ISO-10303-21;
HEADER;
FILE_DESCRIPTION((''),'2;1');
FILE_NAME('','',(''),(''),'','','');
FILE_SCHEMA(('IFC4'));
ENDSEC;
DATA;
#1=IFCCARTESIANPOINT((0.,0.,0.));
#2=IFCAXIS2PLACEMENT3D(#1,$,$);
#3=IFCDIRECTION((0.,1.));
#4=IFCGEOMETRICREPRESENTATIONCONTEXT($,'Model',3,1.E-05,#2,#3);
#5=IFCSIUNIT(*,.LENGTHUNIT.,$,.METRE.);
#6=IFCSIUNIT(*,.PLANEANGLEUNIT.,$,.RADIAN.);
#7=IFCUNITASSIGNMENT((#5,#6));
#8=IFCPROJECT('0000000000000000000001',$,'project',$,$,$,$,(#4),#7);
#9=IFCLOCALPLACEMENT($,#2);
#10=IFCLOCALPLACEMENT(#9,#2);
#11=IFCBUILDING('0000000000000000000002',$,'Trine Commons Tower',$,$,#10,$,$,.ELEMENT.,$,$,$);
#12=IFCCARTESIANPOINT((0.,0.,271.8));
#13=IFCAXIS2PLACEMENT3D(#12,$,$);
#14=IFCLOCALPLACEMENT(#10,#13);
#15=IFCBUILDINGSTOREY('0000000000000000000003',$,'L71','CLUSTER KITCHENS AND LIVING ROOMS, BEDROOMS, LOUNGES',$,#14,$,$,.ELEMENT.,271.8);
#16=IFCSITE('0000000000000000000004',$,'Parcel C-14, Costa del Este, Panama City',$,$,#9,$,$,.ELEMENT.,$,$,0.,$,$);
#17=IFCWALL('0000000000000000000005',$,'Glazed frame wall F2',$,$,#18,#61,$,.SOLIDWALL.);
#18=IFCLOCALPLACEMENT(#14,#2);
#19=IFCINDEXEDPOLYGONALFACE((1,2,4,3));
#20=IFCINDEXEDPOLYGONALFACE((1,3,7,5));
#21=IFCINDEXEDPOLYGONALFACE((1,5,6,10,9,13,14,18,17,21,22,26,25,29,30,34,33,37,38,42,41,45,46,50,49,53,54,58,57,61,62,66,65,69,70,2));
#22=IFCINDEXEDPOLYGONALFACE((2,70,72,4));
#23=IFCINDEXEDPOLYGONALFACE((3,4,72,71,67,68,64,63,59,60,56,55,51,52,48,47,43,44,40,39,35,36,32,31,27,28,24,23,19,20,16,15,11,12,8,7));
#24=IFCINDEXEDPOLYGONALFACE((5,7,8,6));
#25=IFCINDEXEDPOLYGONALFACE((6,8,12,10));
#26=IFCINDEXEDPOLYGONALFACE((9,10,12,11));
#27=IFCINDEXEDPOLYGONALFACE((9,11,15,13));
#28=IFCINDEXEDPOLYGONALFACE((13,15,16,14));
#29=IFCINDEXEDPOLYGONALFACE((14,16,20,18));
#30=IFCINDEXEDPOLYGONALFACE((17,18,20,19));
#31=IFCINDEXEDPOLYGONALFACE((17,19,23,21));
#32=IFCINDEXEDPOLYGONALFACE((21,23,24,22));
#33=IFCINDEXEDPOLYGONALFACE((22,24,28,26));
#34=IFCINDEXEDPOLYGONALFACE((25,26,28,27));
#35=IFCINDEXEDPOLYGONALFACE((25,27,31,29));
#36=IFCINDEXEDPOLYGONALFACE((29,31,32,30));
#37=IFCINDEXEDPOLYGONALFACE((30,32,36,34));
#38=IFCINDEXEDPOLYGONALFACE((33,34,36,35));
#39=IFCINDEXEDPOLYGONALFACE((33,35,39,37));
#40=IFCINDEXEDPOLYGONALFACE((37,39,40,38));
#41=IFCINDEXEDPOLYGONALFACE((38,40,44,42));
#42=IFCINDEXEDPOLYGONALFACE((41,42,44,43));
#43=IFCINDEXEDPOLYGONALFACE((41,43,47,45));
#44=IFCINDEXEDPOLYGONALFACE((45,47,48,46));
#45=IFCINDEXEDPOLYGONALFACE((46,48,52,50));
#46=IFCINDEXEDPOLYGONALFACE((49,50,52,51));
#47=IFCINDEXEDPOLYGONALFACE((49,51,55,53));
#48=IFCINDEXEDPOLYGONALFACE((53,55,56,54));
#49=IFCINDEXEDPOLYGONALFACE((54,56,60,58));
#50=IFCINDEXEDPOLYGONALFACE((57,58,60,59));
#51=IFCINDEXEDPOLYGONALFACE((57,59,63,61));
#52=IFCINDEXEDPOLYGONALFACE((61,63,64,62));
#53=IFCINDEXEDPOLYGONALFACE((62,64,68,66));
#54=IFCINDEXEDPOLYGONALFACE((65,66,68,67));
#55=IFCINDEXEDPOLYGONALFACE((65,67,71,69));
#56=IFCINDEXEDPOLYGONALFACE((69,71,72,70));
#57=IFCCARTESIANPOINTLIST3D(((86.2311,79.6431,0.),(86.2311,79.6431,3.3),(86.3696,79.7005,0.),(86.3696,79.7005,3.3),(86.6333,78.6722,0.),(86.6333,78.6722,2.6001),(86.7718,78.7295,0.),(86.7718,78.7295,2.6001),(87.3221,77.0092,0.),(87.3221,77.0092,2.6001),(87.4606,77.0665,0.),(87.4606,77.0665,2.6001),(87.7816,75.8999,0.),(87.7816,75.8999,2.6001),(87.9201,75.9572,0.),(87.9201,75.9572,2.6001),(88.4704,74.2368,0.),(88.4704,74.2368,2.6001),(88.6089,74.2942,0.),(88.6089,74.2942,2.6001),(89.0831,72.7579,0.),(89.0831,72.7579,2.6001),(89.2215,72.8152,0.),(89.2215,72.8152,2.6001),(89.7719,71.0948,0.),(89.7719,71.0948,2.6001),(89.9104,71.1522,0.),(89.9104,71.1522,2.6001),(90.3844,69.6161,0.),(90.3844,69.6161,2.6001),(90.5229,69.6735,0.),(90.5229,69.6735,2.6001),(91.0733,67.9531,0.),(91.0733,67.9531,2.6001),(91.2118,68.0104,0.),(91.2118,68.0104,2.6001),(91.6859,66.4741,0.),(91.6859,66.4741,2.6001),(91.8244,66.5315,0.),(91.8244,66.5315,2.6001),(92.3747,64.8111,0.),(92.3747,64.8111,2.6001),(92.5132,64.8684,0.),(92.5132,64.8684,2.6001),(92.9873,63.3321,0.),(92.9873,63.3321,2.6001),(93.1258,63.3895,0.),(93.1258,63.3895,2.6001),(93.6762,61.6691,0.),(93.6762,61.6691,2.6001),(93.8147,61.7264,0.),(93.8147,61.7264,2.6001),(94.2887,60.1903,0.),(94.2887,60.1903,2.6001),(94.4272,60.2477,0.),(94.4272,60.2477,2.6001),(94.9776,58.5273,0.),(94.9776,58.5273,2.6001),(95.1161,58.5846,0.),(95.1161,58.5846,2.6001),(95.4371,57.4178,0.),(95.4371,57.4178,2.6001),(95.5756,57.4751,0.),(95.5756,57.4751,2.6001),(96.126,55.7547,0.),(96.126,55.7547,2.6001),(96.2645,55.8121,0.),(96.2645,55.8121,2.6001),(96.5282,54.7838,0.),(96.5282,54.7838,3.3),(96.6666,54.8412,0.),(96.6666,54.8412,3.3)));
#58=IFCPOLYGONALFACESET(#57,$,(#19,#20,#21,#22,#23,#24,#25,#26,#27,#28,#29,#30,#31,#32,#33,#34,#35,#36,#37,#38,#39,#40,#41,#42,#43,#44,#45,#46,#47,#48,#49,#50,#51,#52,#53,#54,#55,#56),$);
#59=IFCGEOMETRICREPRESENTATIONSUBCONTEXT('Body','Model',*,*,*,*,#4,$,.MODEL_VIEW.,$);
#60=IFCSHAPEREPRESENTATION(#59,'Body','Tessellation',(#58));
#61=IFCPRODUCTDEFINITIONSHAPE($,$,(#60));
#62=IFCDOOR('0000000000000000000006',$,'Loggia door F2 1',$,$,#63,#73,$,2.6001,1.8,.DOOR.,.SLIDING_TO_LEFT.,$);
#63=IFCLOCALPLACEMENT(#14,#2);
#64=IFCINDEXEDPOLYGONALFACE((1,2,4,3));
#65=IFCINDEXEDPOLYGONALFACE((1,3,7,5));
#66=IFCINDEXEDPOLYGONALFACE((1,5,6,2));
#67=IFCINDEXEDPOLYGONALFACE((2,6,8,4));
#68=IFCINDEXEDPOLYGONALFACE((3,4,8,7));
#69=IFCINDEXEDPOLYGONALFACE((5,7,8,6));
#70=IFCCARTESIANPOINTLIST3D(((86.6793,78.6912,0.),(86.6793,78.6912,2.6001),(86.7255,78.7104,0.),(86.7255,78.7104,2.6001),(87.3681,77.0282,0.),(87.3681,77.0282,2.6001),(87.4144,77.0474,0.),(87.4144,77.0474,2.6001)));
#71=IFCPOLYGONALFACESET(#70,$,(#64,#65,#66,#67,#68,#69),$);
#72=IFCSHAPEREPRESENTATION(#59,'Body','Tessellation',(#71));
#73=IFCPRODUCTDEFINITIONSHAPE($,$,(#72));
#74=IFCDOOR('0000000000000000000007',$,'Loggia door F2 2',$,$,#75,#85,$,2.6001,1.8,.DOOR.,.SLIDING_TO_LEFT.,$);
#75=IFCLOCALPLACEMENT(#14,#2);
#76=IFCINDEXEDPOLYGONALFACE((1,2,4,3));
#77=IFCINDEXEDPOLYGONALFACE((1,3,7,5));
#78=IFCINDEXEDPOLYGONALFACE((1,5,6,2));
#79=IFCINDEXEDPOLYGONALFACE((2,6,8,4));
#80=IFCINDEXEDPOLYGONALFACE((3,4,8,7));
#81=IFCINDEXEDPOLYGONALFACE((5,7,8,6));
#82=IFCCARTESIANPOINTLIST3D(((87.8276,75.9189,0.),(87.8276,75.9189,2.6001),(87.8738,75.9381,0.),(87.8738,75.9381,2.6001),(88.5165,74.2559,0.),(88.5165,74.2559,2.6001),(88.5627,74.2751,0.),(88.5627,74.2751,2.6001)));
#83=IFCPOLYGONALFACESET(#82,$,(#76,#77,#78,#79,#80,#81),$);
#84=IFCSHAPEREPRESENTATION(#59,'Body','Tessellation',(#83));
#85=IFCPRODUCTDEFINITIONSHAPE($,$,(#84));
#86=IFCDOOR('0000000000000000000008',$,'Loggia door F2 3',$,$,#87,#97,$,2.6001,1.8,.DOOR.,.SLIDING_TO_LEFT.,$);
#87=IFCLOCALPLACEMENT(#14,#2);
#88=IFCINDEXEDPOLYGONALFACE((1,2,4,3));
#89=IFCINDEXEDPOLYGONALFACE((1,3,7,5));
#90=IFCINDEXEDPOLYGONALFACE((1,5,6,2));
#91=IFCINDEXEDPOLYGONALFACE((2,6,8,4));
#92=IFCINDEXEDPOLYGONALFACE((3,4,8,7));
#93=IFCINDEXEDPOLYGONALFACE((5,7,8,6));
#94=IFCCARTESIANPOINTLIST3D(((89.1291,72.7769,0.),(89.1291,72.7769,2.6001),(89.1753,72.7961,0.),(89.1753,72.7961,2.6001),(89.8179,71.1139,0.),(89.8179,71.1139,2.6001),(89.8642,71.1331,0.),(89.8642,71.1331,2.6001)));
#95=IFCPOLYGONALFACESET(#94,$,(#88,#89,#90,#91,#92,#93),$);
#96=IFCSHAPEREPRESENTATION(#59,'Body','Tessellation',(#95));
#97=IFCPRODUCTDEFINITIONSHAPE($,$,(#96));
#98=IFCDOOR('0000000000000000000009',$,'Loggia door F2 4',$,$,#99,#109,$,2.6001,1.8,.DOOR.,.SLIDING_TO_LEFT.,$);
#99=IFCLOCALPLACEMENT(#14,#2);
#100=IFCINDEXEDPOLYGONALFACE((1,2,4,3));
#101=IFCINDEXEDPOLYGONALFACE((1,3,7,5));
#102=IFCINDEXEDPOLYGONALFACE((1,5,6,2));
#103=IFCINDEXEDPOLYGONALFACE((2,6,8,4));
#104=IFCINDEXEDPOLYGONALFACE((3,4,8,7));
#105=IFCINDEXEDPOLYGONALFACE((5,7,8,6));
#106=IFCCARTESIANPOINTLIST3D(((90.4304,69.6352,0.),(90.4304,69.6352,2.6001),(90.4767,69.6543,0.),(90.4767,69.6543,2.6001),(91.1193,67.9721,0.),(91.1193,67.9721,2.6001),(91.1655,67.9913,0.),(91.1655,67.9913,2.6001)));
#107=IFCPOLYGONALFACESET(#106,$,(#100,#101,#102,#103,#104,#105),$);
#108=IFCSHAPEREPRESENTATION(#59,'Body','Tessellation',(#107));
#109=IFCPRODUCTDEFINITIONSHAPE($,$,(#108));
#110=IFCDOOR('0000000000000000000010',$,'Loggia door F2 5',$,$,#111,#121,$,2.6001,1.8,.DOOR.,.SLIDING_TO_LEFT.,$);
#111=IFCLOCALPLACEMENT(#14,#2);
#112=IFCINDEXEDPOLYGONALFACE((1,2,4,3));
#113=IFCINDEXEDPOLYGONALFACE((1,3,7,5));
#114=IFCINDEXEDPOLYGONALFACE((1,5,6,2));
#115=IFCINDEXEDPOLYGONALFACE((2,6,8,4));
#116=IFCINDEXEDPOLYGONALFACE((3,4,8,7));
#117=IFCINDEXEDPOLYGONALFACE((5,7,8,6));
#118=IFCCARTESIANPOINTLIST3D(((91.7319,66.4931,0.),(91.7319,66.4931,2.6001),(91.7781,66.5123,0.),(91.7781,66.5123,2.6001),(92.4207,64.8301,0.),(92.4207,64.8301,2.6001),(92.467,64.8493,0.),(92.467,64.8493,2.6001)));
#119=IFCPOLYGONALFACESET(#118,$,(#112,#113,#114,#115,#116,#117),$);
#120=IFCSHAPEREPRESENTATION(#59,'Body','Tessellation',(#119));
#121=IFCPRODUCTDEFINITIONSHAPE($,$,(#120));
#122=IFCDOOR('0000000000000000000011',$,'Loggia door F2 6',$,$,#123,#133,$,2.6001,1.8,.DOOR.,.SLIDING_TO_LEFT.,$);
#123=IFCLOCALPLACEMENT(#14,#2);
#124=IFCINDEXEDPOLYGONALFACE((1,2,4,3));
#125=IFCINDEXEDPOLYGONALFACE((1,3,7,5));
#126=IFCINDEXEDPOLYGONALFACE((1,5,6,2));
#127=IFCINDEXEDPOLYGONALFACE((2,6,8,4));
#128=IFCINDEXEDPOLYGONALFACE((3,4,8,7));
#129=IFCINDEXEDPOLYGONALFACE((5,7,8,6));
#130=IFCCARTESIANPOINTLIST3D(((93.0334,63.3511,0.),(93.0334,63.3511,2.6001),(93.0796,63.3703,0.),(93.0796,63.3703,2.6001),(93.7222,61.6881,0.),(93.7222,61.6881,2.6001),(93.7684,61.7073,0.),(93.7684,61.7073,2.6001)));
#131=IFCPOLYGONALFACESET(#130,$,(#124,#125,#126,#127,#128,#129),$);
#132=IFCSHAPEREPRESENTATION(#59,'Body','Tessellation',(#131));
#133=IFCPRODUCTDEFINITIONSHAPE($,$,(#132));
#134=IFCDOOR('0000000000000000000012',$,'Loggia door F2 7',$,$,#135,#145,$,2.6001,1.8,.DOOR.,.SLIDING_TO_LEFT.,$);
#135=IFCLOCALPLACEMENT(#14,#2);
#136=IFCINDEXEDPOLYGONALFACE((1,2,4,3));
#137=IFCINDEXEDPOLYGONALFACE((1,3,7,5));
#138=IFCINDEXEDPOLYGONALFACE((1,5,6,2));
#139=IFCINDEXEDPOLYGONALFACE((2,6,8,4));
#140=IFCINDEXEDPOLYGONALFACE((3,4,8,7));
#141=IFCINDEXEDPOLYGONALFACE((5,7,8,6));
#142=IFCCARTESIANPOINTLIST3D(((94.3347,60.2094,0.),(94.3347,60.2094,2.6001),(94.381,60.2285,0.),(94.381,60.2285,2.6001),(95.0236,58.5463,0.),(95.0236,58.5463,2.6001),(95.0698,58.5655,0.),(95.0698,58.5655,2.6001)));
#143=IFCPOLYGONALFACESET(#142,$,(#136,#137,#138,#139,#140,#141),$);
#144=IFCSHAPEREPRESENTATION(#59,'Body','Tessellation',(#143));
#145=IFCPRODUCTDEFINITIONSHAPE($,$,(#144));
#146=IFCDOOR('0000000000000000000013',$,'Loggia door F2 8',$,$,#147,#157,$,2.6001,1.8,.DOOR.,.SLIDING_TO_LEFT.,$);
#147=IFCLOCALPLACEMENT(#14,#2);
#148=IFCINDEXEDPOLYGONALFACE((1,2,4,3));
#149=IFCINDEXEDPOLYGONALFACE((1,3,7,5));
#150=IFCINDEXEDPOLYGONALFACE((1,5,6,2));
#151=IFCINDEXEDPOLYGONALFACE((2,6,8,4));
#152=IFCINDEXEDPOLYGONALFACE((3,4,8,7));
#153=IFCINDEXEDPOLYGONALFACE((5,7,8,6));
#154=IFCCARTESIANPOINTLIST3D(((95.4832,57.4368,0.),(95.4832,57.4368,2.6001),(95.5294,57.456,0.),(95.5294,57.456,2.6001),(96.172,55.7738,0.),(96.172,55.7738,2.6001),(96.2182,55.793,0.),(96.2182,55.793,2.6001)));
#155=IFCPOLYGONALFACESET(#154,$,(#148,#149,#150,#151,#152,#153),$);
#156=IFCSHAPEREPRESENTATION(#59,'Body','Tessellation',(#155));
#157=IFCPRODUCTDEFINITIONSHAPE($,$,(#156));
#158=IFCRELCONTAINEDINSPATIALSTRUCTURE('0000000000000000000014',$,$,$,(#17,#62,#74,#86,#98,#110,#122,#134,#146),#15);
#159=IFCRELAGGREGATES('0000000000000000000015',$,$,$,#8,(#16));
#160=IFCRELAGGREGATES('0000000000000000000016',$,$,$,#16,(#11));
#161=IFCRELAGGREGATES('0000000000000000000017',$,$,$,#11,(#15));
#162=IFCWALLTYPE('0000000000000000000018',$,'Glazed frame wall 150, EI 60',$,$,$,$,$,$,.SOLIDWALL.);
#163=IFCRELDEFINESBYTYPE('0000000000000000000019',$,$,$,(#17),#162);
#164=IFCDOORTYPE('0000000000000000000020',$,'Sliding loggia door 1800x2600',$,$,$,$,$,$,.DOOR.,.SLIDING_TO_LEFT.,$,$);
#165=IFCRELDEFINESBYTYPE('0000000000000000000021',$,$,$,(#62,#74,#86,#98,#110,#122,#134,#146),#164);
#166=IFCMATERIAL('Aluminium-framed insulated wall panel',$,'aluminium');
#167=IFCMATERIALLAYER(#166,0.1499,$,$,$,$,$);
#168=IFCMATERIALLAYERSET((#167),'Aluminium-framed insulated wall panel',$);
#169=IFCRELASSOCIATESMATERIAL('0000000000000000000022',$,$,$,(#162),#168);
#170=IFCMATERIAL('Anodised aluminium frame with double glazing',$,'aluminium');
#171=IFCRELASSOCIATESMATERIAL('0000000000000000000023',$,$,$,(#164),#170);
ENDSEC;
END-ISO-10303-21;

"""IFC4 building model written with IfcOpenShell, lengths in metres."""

from ifc_helpers import new_model, si_unit, direction, frame, frame_2d, origin, place, context, subcontext, project, spatial, polyline, rectangle, outline, extrude, material, layer, layer_set, type_object, element, fill, save


model = new_model("IFC4")

# Units and contexts
model_context = context("Model", 3, precision=1e-05, world=origin(), true_north=direction((0.0, 1.0)))
body_context = subcontext(model_context, "Body", "Model", "MODEL_VIEW")
ifc_project = project(units=[si_unit("LENGTHUNIT", "METRE"), si_unit("PLANEANGLEUNIT", "RADIAN")], contexts=[model_context])

# Site, building, storey
site_placement = place(None, origin())
site = spatial("IfcSite", under=ifc_project, at=site_placement, Name="Parcel C-14, Costa del Este, Panama City", CompositionType="ELEMENT", RefElevation=0.0)
building_placement = place(site_placement, origin())
building = spatial("IfcBuilding", under=site, at=building_placement, Name="Trine Commons Tower", CompositionType="ELEMENT")
storey_placement = place(building_placement, frame((0.0, 0.0, 271.8)))
storey = spatial("IfcBuildingStorey", under=building, at=storey_placement, Name="L71", Description="CLUSTER KITCHENS AND LIVING ROOMS, BEDROOMS, LOUNGES", CompositionType="ELEMENT", Elevation=271.8)

# Shared definitions
ifc_material_1 = material(Name="Aluminium-framed insulated wall panel", Category="aluminium")
ifc_layer_1 = layer(ifc_material_1, 0.1499)
ifc_layer_set_1 = layer_set([ifc_layer_1], Name="Aluminium-framed insulated wall panel")
wall_type_1 = type_object("IfcWallType", Name="Glazed frame wall 150, EI 60", PredefinedType="SOLIDWALL", material=ifc_layer_set_1)

# Shared definitions
ifc_material_2 = material(Name="Anodised aluminium frame with double glazing", Category="aluminium")
door_type = type_object("IfcDoorType", Name="Sliding loggia door 1800x2600", OperationType="SLIDING_TO_LEFT", PredefinedType="DOOR", material=ifc_material_2)

# Wall, openings, doors
wall_1_placement = place(storey_placement, frame((86.2432, 79.8098, 0.0), z_axis=(0.0, 0.0, 1.0), x_axis=(0.382684, -0.923879, 0.0)))
wall_1 = element("IfcWall", 1, at=wall_1_placement, inside=storey, type_object=wall_type_1, Name="Glazed frame wall F2", PredefinedType="SOLIDWALL", context=body_context, shape_type="SweptSolid", body=[
    extrude(outline(polyline([(0.1494, 0.075), (0.1494, -0.075), (27.0569, -0.075), (27.0569, 0.075), (0.1494, 0.075)])), origin(), (0.0, 0.0, 1.0), 3.3),
])
opening_1_placement = place(wall_1_placement, frame((1.2004, 0.0, 0.0)))
opening_1 = element("IfcOpeningElement", 2, at=opening_1_placement, cuts=wall_1, PredefinedType="OPENING", context=body_context, shape_type="SweptSolid", body=[
    extrude(rectangle(XDim=1.8, YDim=2.6001, at=frame_2d((0.8999, 1.3))), frame((0.0, 0.085, 0.0), z_axis=(0.0, -1.0, 0.0), x_axis=(1.0, 0.0, 0.0)), (0.0, 0.0, 1.0), 0.1699),
])
opening_2_placement = place(wall_1_placement, frame((4.2012, 0.0, 0.0)))
opening_2 = element("IfcOpeningElement", 3, at=opening_2_placement, cuts=wall_1, PredefinedType="OPENING", context=body_context, shape_type="SweptSolid", body=[
    extrude(rectangle(XDim=1.8, YDim=2.6001, at=frame_2d((0.8999, 1.3))), frame((0.0, 0.085, 0.0), z_axis=(0.0, -1.0, 0.0), x_axis=(1.0, 0.0, 0.0)), (0.0, 0.0, 1.0), 0.1699),
])
opening_3_placement = place(wall_1_placement, frame((7.6021, 0.0, 0.0)))
opening_3 = element("IfcOpeningElement", 4, at=opening_3_placement, cuts=wall_1, PredefinedType="OPENING", context=body_context, shape_type="SweptSolid", body=[
    extrude(rectangle(XDim=1.8, YDim=2.6001, at=frame_2d((0.8999, 1.3))), frame((0.0, 0.085, 0.0), z_axis=(0.0, -1.0, 0.0), x_axis=(1.0, 0.0, 0.0)), (0.0, 0.0, 1.0), 0.1699),
])
opening_4_placement = place(wall_1_placement, frame((11.0027, 0.0, 0.0)))
opening_4 = element("IfcOpeningElement", 5, at=opening_4_placement, cuts=wall_1, PredefinedType="OPENING", context=body_context, shape_type="SweptSolid", body=[
    extrude(rectangle(XDim=1.8, YDim=2.6001, at=frame_2d((0.8999, 1.3))), frame((0.0, 0.085, 0.0), z_axis=(0.0, -1.0, 0.0), x_axis=(1.0, 0.0, 0.0)), (0.0, 0.0, 1.0), 0.1699),
])
opening_5_placement = place(wall_1_placement, frame((14.4036, 0.0, 0.0)))
opening_5 = element("IfcOpeningElement", 6, at=opening_5_placement, cuts=wall_1, PredefinedType="OPENING", context=body_context, shape_type="SweptSolid", body=[
    extrude(rectangle(XDim=1.8, YDim=2.6001, at=frame_2d((0.8999, 1.3))), frame((0.0, 0.085, 0.0), z_axis=(0.0, -1.0, 0.0), x_axis=(1.0, 0.0, 0.0)), (0.0, 0.0, 1.0), 0.1699),
])
opening_6_placement = place(wall_1_placement, frame((17.8044, 0.0, 0.0)))
opening_6 = element("IfcOpeningElement", 7, at=opening_6_placement, cuts=wall_1, PredefinedType="OPENING", context=body_context, shape_type="SweptSolid", body=[
    extrude(rectangle(XDim=1.8, YDim=2.6001, at=frame_2d((0.8999, 1.3))), frame((0.0, 0.085, 0.0), z_axis=(0.0, -1.0, 0.0), x_axis=(1.0, 0.0, 0.0)), (0.0, 0.0, 1.0), 0.1699),
])
opening_7_placement = place(wall_1_placement, frame((21.2051, 0.0, 0.0)))
opening_7 = element("IfcOpeningElement", 8, at=opening_7_placement, cuts=wall_1, PredefinedType="OPENING", context=body_context, shape_type="SweptSolid", body=[
    extrude(rectangle(XDim=1.8, YDim=2.6001, at=frame_2d((0.8999, 1.3))), frame((0.0, 0.085, 0.0), z_axis=(0.0, -1.0, 0.0), x_axis=(1.0, 0.0, 0.0)), (0.0, 0.0, 1.0), 0.1699),
])
opening_8_placement = place(wall_1_placement, frame((24.2061, 0.0, 0.0)))
opening_8 = element("IfcOpeningElement", 9, at=opening_8_placement, cuts=wall_1, PredefinedType="OPENING", context=body_context, shape_type="SweptSolid", body=[
    extrude(rectangle(XDim=1.8, YDim=2.6001, at=frame_2d((0.8999, 1.3))), frame((0.0, 0.085, 0.0), z_axis=(0.0, -1.0, 0.0), x_axis=(1.0, 0.0, 0.0)), (0.0, 0.0, 1.0), 0.1699),
])
door_1_placement = place(opening_1_placement, origin())
door_1 = element("IfcDoor", 10, at=door_1_placement, inside=storey, type_object=door_type, Name="Loggia door F2 1", OperationType="SLIDING_TO_LEFT", OverallHeight=2.6001, OverallWidth=1.8, PredefinedType="DOOR", context=body_context, shape_type="SweptSolid", body=[
    extrude(rectangle(XDim=1.8, YDim=2.6001, at=frame_2d((0.8999, 1.3))), frame((0.0, 0.0249, 0.0), z_axis=(0.0, -1.0, 0.0), x_axis=(1.0, 0.0, 0.0)), (0.0, 0.0, 1.0), 0.05),
])
fill(opening_1, door_1)
door_2_placement = place(opening_2_placement, origin())
door_2 = element("IfcDoor", 11, at=door_2_placement, inside=storey, type_object=door_type, Name="Loggia door F2 2", OperationType="SLIDING_TO_LEFT", OverallHeight=2.6001, OverallWidth=1.8, PredefinedType="DOOR", context=body_context, shape_type="SweptSolid", body=[
    extrude(rectangle(XDim=1.8, YDim=2.6001, at=frame_2d((0.8999, 1.3))), frame((0.0, 0.0249, 0.0), z_axis=(0.0, -1.0, 0.0), x_axis=(1.0, 0.0, 0.0)), (0.0, 0.0, 1.0), 0.05),
])
fill(opening_2, door_2)
door_3_placement = place(opening_3_placement, origin())
door_3 = element("IfcDoor", 12, at=door_3_placement, inside=storey, type_object=door_type, Name="Loggia door F2 3", OperationType="SLIDING_TO_LEFT", OverallHeight=2.6001, OverallWidth=1.8, PredefinedType="DOOR", context=body_context, shape_type="SweptSolid", body=[
    extrude(rectangle(XDim=1.8, YDim=2.6001, at=frame_2d((0.8999, 1.3))), frame((0.0, 0.0249, 0.0), z_axis=(0.0, -1.0, 0.0), x_axis=(1.0, 0.0, 0.0)), (0.0, 0.0, 1.0), 0.05),
])
fill(opening_3, door_3)
door_4_placement = place(opening_4_placement, origin())
door_4 = element("IfcDoor", 13, at=door_4_placement, inside=storey, type_object=door_type, Name="Loggia door F2 4", OperationType="SLIDING_TO_LEFT", OverallHeight=2.6001, OverallWidth=1.8, PredefinedType="DOOR", context=body_context, shape_type="SweptSolid", body=[
    extrude(rectangle(XDim=1.8, YDim=2.6001, at=frame_2d((0.8999, 1.3))), frame((0.0, 0.0249, 0.0), z_axis=(0.0, -1.0, 0.0), x_axis=(1.0, 0.0, 0.0)), (0.0, 0.0, 1.0), 0.05),
])
fill(opening_4, door_4)
door_5_placement = place(opening_5_placement, origin())
door_5 = element("IfcDoor", 14, at=door_5_placement, inside=storey, type_object=door_type, Name="Loggia door F2 5", OperationType="SLIDING_TO_LEFT", OverallHeight=2.6001, OverallWidth=1.8, PredefinedType="DOOR", context=body_context, shape_type="SweptSolid", body=[
    extrude(rectangle(XDim=1.8, YDim=2.6001, at=frame_2d((0.8999, 1.3))), frame((0.0, 0.0249, 0.0), z_axis=(0.0, -1.0, 0.0), x_axis=(1.0, 0.0, 0.0)), (0.0, 0.0, 1.0), 0.05),
])
fill(opening_5, door_5)
door_6_placement = place(opening_6_placement, origin())
door_6 = element("IfcDoor", 15, at=door_6_placement, inside=storey, type_object=door_type, Name="Loggia door F2 6", OperationType="SLIDING_TO_LEFT", OverallHeight=2.6001, OverallWidth=1.8, PredefinedType="DOOR", context=body_context, shape_type="SweptSolid", body=[
    extrude(rectangle(XDim=1.8, YDim=2.6001, at=frame_2d((0.8999, 1.3))), frame((0.0, 0.0249, 0.0), z_axis=(0.0, -1.0, 0.0), x_axis=(1.0, 0.0, 0.0)), (0.0, 0.0, 1.0), 0.05),
])
fill(opening_6, door_6)
door_7_placement = place(opening_7_placement, origin())
door_7 = element("IfcDoor", 16, at=door_7_placement, inside=storey, type_object=door_type, Name="Loggia door F2 7", OperationType="SLIDING_TO_LEFT", OverallHeight=2.6001, OverallWidth=1.8, PredefinedType="DOOR", context=body_context, shape_type="SweptSolid", body=[
    extrude(rectangle(XDim=1.8, YDim=2.6001, at=frame_2d((0.8999, 1.3))), frame((0.0, 0.0249, 0.0), z_axis=(0.0, -1.0, 0.0), x_axis=(1.0, 0.0, 0.0)), (0.0, 0.0, 1.0), 0.05),
])
fill(opening_7, door_7)
door_8_placement = place(opening_8_placement, origin())
door_8 = element("IfcDoor", 17, at=door_8_placement, inside=storey, type_object=door_type, Name="Loggia door F2 8", OperationType="SLIDING_TO_LEFT", OverallHeight=2.6001, OverallWidth=1.8, PredefinedType="DOOR", context=body_context, shape_type="SweptSolid", body=[
    extrude(rectangle(XDim=1.8, YDim=2.6001, at=frame_2d((0.8999, 1.3))), frame((0.0, 0.0249, 0.0), z_axis=(0.0, -1.0, 0.0), x_axis=(1.0, 0.0, 0.0)), (0.0, 0.0, 1.0), 0.05),
])
fill(opening_8, door_8)

save(model, "model.ifc")
